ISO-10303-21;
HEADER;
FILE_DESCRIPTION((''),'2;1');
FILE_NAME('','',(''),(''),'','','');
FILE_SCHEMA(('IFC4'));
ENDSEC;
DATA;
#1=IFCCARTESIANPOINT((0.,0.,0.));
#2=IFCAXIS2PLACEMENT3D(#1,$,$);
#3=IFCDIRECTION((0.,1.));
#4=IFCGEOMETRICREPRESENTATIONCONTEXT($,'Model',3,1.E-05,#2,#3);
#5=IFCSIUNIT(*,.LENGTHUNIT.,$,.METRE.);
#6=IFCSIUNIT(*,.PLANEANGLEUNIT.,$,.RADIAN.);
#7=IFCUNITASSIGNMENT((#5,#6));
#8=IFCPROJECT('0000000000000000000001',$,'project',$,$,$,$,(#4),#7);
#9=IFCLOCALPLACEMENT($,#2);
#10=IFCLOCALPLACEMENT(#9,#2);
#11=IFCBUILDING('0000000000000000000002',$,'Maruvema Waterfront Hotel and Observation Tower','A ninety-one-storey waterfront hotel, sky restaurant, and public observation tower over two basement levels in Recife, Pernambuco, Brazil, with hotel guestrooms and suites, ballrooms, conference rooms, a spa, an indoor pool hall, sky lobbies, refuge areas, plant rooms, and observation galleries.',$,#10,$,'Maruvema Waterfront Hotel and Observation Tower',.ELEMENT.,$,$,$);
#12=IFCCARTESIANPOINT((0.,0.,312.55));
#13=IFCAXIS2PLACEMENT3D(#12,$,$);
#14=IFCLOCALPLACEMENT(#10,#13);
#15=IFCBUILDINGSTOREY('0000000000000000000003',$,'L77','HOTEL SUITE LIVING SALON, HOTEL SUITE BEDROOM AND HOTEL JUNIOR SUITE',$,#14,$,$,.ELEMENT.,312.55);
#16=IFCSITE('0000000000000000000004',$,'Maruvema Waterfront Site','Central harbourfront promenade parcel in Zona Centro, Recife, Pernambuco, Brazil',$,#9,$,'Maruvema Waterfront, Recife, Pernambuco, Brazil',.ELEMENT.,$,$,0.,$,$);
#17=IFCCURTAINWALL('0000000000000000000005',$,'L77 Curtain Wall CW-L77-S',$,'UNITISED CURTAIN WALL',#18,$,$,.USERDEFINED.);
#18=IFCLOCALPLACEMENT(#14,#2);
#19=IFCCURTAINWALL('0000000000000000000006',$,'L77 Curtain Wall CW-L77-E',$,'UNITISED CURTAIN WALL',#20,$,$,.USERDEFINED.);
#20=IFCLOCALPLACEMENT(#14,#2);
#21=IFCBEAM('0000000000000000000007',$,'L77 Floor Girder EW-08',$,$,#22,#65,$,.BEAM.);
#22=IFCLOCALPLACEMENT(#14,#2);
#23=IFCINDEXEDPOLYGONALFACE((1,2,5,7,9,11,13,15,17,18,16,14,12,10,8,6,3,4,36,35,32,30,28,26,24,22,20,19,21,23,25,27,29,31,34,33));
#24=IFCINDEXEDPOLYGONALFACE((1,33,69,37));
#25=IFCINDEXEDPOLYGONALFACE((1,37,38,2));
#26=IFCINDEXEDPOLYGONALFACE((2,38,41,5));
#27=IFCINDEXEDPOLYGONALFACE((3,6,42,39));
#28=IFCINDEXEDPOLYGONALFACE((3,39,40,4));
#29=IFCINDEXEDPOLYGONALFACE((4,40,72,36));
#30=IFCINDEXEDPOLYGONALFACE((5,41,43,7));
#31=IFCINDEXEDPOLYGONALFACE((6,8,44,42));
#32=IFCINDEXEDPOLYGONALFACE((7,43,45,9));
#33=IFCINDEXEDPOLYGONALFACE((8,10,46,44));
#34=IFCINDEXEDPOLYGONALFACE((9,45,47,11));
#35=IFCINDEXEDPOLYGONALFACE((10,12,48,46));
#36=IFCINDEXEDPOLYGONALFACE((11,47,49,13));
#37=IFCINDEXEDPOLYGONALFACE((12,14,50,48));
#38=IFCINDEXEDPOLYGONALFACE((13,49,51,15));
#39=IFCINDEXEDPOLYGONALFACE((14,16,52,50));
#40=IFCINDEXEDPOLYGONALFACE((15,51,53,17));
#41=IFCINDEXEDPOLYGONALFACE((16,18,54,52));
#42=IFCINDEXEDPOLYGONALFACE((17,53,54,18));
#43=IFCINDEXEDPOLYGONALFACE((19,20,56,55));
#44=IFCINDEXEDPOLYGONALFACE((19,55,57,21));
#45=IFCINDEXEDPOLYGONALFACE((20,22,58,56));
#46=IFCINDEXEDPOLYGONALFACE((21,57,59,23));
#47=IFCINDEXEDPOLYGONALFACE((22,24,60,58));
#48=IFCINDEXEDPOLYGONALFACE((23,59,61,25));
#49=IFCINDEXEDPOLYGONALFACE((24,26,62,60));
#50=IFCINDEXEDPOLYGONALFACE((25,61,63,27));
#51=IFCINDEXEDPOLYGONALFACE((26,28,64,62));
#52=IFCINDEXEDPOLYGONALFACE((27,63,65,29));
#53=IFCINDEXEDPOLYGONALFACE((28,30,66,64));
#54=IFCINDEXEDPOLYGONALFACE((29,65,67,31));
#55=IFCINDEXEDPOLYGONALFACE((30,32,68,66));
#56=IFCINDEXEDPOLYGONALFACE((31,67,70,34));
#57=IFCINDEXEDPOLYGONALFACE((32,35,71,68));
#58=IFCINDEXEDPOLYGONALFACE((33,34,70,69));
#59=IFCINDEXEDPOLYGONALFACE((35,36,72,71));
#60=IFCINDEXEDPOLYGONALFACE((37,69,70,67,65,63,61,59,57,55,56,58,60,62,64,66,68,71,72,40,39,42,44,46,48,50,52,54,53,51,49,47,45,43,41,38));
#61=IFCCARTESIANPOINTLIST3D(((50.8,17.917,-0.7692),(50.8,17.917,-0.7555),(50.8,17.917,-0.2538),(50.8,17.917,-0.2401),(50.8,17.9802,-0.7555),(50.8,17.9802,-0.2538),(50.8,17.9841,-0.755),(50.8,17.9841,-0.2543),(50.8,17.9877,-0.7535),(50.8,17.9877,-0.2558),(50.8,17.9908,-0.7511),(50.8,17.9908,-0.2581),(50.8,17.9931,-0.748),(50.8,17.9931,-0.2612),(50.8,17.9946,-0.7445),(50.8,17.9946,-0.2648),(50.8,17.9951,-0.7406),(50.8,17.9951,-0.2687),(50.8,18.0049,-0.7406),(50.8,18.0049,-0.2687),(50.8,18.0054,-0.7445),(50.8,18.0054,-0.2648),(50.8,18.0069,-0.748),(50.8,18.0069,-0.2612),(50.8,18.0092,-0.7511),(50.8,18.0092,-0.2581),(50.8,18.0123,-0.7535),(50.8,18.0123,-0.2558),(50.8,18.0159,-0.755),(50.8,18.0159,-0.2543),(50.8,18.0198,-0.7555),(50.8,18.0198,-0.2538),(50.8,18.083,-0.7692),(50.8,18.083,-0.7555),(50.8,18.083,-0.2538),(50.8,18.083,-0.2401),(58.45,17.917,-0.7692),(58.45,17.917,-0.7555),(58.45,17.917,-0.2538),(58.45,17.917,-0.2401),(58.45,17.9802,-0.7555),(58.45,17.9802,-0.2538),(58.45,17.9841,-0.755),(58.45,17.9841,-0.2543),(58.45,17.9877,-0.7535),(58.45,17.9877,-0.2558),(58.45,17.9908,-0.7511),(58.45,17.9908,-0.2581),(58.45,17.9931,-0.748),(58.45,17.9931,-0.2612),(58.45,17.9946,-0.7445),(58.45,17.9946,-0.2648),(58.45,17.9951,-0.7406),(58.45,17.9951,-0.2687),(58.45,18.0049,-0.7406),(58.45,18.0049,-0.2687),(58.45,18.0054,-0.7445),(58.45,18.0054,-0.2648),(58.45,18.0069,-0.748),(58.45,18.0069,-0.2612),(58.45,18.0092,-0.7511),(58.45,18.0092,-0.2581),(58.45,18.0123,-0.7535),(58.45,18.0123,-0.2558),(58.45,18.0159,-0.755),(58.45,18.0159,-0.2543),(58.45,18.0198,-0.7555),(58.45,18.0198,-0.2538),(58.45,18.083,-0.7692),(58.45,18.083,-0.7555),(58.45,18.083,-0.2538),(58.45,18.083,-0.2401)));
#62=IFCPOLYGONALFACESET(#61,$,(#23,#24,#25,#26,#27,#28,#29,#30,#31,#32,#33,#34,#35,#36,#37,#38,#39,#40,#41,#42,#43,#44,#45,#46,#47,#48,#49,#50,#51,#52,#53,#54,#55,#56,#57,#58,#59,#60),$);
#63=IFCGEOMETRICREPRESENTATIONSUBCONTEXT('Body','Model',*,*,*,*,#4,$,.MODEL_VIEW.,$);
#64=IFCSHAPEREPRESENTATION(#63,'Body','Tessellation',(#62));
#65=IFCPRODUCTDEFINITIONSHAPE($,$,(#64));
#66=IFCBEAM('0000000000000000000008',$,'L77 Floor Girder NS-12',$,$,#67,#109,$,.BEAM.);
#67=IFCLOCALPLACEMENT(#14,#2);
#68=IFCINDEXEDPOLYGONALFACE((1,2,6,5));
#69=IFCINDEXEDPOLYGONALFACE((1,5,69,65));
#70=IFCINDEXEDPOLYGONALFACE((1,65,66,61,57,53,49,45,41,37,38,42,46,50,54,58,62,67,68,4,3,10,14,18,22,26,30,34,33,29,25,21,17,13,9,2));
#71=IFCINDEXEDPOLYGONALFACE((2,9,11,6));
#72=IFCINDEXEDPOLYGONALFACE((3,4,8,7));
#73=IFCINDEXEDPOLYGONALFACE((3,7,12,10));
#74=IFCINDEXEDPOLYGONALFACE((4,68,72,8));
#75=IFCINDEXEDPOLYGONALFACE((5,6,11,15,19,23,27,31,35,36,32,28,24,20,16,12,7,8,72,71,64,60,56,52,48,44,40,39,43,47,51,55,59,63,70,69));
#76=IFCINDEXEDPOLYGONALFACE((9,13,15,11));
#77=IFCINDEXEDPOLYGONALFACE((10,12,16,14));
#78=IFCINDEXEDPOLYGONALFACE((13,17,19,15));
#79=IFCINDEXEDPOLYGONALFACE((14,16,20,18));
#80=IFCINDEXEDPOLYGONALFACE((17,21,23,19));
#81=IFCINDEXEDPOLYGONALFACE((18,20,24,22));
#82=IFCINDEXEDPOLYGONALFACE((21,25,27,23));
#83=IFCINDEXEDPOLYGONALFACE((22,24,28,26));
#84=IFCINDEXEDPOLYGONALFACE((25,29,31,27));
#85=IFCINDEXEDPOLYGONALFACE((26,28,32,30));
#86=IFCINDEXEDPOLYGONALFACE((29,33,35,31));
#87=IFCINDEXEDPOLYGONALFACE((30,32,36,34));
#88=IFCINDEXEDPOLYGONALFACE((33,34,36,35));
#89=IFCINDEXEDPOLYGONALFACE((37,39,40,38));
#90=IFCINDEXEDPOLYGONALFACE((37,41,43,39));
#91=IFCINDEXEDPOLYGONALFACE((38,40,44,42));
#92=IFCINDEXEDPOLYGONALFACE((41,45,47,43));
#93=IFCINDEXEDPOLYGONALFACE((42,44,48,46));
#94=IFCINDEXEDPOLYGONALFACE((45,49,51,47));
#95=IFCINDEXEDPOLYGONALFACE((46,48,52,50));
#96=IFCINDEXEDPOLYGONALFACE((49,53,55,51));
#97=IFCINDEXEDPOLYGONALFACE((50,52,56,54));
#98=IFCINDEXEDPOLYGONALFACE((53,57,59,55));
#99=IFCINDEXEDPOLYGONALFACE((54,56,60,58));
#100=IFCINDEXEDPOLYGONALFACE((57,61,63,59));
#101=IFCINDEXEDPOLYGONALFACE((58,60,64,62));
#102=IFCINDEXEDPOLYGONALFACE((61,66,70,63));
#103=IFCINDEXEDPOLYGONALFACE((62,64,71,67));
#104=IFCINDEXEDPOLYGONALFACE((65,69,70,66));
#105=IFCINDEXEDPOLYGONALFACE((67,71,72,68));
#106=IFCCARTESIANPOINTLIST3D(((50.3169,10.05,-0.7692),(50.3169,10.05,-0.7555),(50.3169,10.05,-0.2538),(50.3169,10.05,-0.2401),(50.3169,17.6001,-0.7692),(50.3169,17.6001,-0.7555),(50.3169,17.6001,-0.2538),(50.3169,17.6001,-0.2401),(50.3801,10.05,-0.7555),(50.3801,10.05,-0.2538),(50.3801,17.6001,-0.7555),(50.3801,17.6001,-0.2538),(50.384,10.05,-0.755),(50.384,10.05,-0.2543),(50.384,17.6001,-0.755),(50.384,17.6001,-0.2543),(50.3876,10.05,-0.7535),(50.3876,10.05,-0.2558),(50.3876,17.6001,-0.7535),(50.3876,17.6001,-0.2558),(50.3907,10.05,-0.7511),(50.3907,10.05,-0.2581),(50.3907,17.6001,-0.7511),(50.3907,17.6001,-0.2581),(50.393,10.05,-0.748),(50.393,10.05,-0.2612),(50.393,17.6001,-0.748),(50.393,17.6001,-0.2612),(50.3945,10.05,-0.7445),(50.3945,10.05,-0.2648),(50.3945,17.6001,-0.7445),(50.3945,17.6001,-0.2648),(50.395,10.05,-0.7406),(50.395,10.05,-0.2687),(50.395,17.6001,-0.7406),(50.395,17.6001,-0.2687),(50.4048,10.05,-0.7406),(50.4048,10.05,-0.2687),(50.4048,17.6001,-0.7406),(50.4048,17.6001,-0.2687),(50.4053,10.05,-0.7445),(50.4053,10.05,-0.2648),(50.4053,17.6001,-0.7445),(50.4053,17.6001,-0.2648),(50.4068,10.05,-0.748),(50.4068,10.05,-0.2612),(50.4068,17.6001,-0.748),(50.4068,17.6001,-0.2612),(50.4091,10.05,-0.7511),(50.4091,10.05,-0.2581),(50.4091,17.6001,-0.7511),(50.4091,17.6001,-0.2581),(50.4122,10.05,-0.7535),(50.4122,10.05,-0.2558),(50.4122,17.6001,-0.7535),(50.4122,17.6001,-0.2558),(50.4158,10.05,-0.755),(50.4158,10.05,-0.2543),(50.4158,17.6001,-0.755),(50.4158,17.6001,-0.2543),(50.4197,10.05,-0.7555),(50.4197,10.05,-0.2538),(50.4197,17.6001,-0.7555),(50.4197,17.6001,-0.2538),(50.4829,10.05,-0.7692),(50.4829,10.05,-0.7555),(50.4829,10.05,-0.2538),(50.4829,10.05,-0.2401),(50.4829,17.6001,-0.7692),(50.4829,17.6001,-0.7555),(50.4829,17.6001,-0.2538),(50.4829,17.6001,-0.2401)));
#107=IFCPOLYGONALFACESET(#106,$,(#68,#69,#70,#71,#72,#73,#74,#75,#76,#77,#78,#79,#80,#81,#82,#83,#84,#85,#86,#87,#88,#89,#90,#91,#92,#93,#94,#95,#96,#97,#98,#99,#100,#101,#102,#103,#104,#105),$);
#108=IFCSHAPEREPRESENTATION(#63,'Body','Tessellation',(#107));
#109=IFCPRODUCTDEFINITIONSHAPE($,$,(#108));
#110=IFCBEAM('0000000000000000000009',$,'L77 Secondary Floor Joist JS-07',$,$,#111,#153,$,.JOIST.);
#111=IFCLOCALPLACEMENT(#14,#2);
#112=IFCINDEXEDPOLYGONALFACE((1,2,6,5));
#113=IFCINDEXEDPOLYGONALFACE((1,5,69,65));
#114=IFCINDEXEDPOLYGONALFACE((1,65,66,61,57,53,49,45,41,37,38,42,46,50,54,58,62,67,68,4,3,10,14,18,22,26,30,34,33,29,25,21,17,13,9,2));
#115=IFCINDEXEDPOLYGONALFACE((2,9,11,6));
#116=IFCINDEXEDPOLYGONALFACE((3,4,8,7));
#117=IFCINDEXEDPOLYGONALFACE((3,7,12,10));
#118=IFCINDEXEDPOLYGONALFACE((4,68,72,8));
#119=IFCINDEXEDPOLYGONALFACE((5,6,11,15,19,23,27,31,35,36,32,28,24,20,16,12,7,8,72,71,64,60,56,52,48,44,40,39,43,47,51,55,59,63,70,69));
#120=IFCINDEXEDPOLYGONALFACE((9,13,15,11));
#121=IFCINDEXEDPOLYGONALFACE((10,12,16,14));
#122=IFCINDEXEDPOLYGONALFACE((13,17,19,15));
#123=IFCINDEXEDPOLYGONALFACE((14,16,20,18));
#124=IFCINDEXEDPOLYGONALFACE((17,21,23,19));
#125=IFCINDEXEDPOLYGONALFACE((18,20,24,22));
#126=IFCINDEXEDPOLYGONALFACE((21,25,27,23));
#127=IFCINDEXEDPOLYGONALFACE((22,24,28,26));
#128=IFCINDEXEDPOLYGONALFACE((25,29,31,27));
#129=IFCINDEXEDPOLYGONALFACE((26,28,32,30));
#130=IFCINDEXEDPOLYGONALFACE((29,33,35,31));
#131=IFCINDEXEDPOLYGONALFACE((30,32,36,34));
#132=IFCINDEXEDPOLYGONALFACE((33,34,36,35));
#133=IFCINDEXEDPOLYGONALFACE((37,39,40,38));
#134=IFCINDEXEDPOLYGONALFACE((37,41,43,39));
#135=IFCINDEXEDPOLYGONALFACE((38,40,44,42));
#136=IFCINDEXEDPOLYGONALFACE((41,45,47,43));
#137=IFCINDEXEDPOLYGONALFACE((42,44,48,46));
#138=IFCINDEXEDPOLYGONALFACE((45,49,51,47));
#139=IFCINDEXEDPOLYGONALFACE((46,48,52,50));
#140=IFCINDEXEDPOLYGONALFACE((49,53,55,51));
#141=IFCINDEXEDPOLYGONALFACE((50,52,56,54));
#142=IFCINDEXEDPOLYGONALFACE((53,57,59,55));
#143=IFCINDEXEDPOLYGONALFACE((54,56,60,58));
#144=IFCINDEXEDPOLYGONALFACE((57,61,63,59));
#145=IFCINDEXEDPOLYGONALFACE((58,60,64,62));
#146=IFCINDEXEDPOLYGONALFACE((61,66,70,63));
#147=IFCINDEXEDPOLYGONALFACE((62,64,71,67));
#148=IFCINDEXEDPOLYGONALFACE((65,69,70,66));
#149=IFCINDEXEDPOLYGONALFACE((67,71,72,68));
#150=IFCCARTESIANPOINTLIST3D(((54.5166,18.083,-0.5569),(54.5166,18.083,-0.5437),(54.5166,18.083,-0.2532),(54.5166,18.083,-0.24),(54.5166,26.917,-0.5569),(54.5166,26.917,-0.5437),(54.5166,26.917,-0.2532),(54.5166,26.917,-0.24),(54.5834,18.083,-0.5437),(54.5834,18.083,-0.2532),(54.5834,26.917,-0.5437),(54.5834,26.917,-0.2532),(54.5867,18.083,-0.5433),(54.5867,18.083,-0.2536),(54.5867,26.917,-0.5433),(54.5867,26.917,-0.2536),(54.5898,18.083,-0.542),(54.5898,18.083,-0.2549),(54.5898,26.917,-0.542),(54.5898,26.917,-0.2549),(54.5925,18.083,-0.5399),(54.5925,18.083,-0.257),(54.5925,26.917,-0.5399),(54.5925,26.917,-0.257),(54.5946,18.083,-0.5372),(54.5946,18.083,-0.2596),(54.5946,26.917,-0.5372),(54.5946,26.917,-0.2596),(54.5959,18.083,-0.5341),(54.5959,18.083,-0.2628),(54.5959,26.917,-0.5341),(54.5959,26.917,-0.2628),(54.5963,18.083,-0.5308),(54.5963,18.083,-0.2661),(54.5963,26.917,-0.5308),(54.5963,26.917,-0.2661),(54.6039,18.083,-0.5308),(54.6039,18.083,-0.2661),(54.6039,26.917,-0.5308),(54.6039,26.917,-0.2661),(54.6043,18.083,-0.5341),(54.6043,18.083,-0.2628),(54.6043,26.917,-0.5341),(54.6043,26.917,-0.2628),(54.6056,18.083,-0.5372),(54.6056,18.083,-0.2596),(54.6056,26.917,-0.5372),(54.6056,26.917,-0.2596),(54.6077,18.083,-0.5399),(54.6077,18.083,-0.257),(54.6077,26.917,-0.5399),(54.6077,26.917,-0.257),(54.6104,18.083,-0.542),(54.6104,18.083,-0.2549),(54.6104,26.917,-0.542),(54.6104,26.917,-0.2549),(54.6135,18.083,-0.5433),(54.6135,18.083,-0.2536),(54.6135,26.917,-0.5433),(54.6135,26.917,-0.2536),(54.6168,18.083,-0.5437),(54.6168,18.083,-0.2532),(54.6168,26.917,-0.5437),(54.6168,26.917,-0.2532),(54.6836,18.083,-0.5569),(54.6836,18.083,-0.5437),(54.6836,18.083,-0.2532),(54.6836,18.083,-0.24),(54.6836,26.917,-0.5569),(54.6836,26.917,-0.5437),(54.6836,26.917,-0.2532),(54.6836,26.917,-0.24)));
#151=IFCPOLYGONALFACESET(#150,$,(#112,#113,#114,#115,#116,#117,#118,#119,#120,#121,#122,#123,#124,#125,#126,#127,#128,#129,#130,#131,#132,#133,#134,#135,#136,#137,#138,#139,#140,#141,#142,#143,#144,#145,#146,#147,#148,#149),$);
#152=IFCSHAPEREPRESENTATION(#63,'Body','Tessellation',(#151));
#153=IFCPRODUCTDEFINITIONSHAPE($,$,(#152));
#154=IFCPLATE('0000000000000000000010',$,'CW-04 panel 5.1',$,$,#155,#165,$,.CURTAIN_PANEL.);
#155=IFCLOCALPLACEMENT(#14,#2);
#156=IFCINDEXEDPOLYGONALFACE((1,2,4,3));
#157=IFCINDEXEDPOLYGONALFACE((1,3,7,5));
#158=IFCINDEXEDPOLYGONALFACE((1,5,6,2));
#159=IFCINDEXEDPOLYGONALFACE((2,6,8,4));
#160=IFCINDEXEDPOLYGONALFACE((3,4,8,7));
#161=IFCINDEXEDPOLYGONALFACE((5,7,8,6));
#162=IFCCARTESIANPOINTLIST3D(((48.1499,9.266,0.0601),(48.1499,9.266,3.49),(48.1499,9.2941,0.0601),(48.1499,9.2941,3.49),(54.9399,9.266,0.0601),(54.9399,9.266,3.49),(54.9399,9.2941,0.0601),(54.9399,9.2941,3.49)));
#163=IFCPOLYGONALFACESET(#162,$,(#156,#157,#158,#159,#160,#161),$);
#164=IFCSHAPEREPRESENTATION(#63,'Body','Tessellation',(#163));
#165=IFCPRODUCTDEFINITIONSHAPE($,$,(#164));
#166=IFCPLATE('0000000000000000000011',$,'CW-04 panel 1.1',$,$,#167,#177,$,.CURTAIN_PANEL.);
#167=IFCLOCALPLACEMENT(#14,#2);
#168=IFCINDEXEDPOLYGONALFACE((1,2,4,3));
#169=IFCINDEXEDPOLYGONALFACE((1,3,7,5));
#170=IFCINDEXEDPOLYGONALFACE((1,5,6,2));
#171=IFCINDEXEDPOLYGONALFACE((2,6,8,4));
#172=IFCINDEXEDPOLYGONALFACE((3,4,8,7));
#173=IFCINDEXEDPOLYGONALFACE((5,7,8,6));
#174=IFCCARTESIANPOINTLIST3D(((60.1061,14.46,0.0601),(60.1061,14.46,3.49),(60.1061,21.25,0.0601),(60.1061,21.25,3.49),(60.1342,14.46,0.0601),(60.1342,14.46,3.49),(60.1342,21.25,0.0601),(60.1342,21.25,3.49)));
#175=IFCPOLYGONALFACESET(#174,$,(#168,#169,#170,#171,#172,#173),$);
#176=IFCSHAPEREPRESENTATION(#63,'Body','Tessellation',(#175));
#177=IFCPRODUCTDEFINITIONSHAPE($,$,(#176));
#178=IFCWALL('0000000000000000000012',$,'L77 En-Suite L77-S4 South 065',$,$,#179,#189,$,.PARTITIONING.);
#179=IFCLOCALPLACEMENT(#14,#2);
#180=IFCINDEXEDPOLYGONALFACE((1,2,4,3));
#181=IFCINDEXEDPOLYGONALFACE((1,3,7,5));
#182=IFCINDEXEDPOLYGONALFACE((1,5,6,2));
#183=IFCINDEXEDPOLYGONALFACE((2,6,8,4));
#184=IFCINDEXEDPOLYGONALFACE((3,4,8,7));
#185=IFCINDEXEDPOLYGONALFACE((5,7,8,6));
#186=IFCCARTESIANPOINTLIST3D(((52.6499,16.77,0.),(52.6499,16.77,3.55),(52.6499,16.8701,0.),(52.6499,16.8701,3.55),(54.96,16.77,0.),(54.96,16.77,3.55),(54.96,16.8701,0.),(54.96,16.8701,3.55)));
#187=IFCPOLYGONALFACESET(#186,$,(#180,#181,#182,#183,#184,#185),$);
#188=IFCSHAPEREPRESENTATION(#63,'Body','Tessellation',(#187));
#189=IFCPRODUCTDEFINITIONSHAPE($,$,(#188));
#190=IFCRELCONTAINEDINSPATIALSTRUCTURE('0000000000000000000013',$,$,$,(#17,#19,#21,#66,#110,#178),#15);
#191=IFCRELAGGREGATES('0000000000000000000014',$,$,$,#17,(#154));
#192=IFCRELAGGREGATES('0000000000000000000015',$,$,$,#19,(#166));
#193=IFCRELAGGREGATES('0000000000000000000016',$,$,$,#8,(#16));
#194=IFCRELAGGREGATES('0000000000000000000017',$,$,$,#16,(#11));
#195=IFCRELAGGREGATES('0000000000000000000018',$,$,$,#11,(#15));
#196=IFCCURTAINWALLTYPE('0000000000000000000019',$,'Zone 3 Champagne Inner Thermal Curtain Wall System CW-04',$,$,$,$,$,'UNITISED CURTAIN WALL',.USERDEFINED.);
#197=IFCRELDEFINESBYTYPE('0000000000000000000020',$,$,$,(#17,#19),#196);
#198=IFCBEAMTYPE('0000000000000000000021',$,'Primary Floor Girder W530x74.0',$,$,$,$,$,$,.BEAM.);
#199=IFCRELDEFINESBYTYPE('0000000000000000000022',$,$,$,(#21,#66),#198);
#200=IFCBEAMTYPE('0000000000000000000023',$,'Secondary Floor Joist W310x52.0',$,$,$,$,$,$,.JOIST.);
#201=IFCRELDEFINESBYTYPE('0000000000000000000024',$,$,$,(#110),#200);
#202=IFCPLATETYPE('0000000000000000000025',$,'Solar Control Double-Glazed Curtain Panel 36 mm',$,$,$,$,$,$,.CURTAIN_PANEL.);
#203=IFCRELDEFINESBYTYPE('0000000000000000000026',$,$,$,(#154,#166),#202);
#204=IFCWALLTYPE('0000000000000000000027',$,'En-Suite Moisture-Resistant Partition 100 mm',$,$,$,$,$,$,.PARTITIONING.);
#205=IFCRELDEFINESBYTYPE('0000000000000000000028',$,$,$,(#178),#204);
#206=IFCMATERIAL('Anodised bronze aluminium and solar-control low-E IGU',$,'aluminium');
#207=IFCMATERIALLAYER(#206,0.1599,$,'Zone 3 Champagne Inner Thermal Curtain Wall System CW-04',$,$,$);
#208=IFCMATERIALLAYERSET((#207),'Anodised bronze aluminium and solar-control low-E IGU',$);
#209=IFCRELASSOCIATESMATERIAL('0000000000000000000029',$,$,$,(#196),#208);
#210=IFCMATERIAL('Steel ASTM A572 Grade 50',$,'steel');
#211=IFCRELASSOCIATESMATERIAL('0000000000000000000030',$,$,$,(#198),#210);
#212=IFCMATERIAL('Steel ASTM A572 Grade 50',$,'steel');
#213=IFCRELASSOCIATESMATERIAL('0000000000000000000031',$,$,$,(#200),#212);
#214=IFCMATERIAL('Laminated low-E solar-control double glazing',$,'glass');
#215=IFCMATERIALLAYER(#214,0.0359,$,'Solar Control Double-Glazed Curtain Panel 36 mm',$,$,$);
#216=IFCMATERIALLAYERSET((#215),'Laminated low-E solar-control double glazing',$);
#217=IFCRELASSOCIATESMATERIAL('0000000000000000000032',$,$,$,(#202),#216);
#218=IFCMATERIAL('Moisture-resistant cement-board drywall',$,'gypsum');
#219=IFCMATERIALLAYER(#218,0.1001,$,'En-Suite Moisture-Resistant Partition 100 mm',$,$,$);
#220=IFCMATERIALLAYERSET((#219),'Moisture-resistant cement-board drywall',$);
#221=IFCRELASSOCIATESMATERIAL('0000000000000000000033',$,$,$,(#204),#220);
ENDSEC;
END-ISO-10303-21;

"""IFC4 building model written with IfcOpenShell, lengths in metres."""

from ifc_helpers import new_model, si_unit, direction, frame, frame_2d, origin, origin_2d, place, context, subcontext, project, spatial, rectangle, i_section, extrude, material, layer, layer_set, material_profile, profile_set, type_object, element, aggregate, save


model = new_model("IFC4")

# Units and contexts
model_context = context("Model", 3, precision=1e-05, world=origin(), true_north=direction((0.0, 1.0)))
body_context = subcontext(model_context, "Body", "Model", "MODEL_VIEW")
ifc_project = project(units=[si_unit("LENGTHUNIT", "METRE"), si_unit("PLANEANGLEUNIT", "RADIAN")], contexts=[model_context])

# Site, building, storey
site_placement = place(None, origin())
site = spatial("IfcSite", under=ifc_project, at=site_placement, Name="Maruvema Waterfront Site", Description="Central harbourfront promenade parcel in Zona Centro, Recife, Pernambuco, Brazil", LongName="Maruvema Waterfront, Recife, Pernambuco, Brazil", CompositionType="ELEMENT", RefElevation=0.0)
building_placement = place(site_placement, origin())
building = spatial("IfcBuilding", under=site, at=building_placement, Name="Maruvema Waterfront Hotel and Observation Tower", Description="A ninety-one-storey waterfront hotel, sky restaurant, and public observation tower over two basement levels in Recife, Pernambuco, Brazil, with hotel guestrooms and suites, ballrooms, conference rooms, a spa, an indoor pool hall, sky lobbies, refuge areas, plant rooms, and observation galleries.", LongName="Maruvema Waterfront Hotel and Observation Tower", CompositionType="ELEMENT")
storey_placement = place(building_placement, frame((0.0, 0.0, 312.55)))
storey = spatial("IfcBuildingStorey", under=building, at=storey_placement, Name="L77", Description="HOTEL SUITE LIVING SALON, HOTEL SUITE BEDROOM AND HOTEL JUNIOR SUITE", CompositionType="ELEMENT", Elevation=312.55)

# Curtain walls
ifc_material_1 = material(Name="Anodised bronze aluminium and solar-control low-E IGU", Category="aluminium")
ifc_layer_1 = layer(ifc_material_1, 0.1599, Name="Zone 3 Champagne Inner Thermal Curtain Wall System CW-04")
ifc_layer_set_1 = layer_set([ifc_layer_1], Name="Anodised bronze aluminium and solar-control low-E IGU")
curtain_wall_type = type_object("IfcCurtainWallType", Name="Zone 3 Champagne Inner Thermal Curtain Wall System CW-04", ElementType="UNITISED CURTAIN WALL", PredefinedType="USERDEFINED", material=ifc_layer_set_1)
curtain_wall_1_placement = place(storey_placement, origin())
curtain_wall_1 = element("IfcCurtainWall", 1, at=curtain_wall_1_placement, inside=storey, type_object=curtain_wall_type, Name="L77 Curtain Wall CW-L77-S", ObjectType="UNITISED CURTAIN WALL", PredefinedType="USERDEFINED")
curtain_wall_2_placement = place(storey_placement, origin())
curtain_wall_2 = element("IfcCurtainWall", 2, at=curtain_wall_2_placement, inside=storey, type_object=curtain_wall_type, Name="L77 Curtain Wall CW-L77-E", ObjectType="UNITISED CURTAIN WALL", PredefinedType="USERDEFINED")

# Beams
ifc_material_2 = material(Name="Steel ASTM A572 Grade 50", Category="steel")
ifc_material_profile_1 = material_profile(ifc_material_2, i_section(OverallWidth=0.166, OverallDepth=0.5291, WebThickness=0.0098, FlangeThickness=0.0137, FilletRadius=0.0149, at=origin_2d()), Name="W530x74.0")
ifc_profile_set_1 = profile_set([ifc_material_profile_1], Name="Steel ASTM A572 Grade 50")
beam_type_1 = type_object("IfcBeamType", Name="Primary Floor Girder W530x74.0", PredefinedType="BEAM", material=ifc_profile_set_1)
beam_1_placement = place(storey_placement, frame((50.8, 18.0, -0.5046), z_axis=(1.0, 0.0, 0.0), x_axis=(0.0, 1.0, 0.0)))
element("IfcBeam", 3, at=beam_1_placement, inside=storey, type_object=beam_type_1, Name="L77 Floor Girder EW-08", PredefinedType="BEAM", context=body_context, shape_type="SweptSolid", body=[
    extrude(i_section(OverallWidth=0.166, OverallDepth=0.5291, WebThickness=0.0098, FlangeThickness=0.0137, FilletRadius=0.0149, at=origin_2d()), origin(), (0.0, 0.0, 1.0), 7.6499),
])
beam_2_placement = place(storey_placement, frame((50.3999, 10.05, -0.5046), z_axis=(0.0, 1.0, 0.0), x_axis=(-1.0, 0.0, 0.0)))
element("IfcBeam", 4, at=beam_2_placement, inside=storey, type_object=beam_type_1, Name="L77 Floor Girder NS-12", PredefinedType="BEAM", context=body_context, shape_type="SweptSolid", body=[
    extrude(i_section(OverallWidth=0.166, OverallDepth=0.5291, WebThickness=0.0098, FlangeThickness=0.0137, FilletRadius=0.0149, at=origin_2d()), origin(), (0.0, 0.0, 1.0), 7.55),
])
ifc_material_3 = material(Name="Steel ASTM A572 Grade 50", Category="steel")
ifc_material_profile_2 = material_profile(ifc_material_3, i_section(OverallWidth=0.167, OverallDepth=0.3169, WebThickness=0.0076, FlangeThickness=0.0132, FilletRadius=0.0129, at=origin_2d()), Name="W310x52.0")
ifc_profile_set_2 = profile_set([ifc_material_profile_2], Name="Steel ASTM A572 Grade 50")
beam_type_2 = type_object("IfcBeamType", Name="Secondary Floor Joist W310x52.0", PredefinedType="JOIST", material=ifc_profile_set_2)
beam_3_placement = place(storey_placement, frame((54.6001, 18.083, -0.3984), z_axis=(0.0, 1.0, 0.0), x_axis=(-1.0, 0.0, 0.0)))
element("IfcBeam", 5, at=beam_3_placement, inside=storey, type_object=beam_type_2, Name="L77 Secondary Floor Joist JS-07", PredefinedType="JOIST", context=body_context, shape_type="SweptSolid", body=[
    extrude(i_section(OverallWidth=0.167, OverallDepth=0.3169, WebThickness=0.0076, FlangeThickness=0.0132, FilletRadius=0.0129, at=origin_2d()), origin(), (0.0, 0.0, 1.0), 8.834),
])

# Plates
ifc_material_4 = material(Name="Laminated low-E solar-control double glazing", Category="glass")
ifc_layer_2 = layer(ifc_material_4, 0.0359, Name="Solar Control Double-Glazed Curtain Panel 36 mm")
ifc_layer_set_2 = layer_set([ifc_layer_2], Name="Laminated low-E solar-control double glazing")
plate_type = type_object("IfcPlateType", Name="Solar Control Double-Glazed Curtain Panel 36 mm", PredefinedType="CURTAIN_PANEL", material=ifc_layer_set_2)
plate_1_placement = place(storey_placement, frame((51.5449, 9.28, 0.0601), z_axis=(0.0, 0.0, 1.0), x_axis=(1.0, 0.0, 0.0)))
plate_1 = element("IfcPlate", 6, at=plate_1_placement, type_object=plate_type, Name="CW-04 panel 5.1", PredefinedType="CURTAIN_PANEL", context=body_context, shape_type="SweptSolid", body=[
    extrude(rectangle(XDim=6.79, YDim=0.0281, at=origin_2d()), origin(), (0.0, 0.0, 1.0), 3.4299),
])
aggregate(curtain_wall_1, [plate_1])
plate_2_placement = place(storey_placement, frame((60.1201, 17.855, 0.0601), z_axis=(0.0, 0.0, 1.0), x_axis=(0.0, 1.0, 0.0)))
plate_2 = element("IfcPlate", 7, at=plate_2_placement, type_object=plate_type, Name="CW-04 panel 1.1", PredefinedType="CURTAIN_PANEL", context=body_context, shape_type="SweptSolid", body=[
    extrude(rectangle(XDim=6.79, YDim=0.0281, at=origin_2d()), origin(), (0.0, 0.0, 1.0), 3.4299),
])
aggregate(curtain_wall_2, [plate_2])

# Wall
ifc_material_5 = material(Name="Moisture-resistant cement-board drywall", Category="gypsum")
ifc_layer_3 = layer(ifc_material_5, 0.1001, Name="En-Suite Moisture-Resistant Partition 100 mm")
ifc_layer_set_3 = layer_set([ifc_layer_3], Name="Moisture-resistant cement-board drywall")
wall_type_1 = type_object("IfcWallType", Name="En-Suite Moisture-Resistant Partition 100 mm", PredefinedType="PARTITIONING", material=ifc_layer_set_3)
wall_1_placement = place(storey_placement, frame((52.6499, 16.8201, 0.0), z_axis=(0.0, 0.0, 1.0), x_axis=(1.0, 0.0, 0.0)))
element("IfcWall", 8, at=wall_1_placement, inside=storey, type_object=wall_type_1, Name="L77 En-Suite L77-S4 South 065", PredefinedType="PARTITIONING", context=body_context, shape_type="SweptSolid", body=[
    extrude(rectangle(XDim=2.3101, YDim=0.1001, at=frame_2d((1.155, 0.0))), origin(), (0.0, 0.0, 1.0), 3.55),
])

save(model, "model.ifc")
